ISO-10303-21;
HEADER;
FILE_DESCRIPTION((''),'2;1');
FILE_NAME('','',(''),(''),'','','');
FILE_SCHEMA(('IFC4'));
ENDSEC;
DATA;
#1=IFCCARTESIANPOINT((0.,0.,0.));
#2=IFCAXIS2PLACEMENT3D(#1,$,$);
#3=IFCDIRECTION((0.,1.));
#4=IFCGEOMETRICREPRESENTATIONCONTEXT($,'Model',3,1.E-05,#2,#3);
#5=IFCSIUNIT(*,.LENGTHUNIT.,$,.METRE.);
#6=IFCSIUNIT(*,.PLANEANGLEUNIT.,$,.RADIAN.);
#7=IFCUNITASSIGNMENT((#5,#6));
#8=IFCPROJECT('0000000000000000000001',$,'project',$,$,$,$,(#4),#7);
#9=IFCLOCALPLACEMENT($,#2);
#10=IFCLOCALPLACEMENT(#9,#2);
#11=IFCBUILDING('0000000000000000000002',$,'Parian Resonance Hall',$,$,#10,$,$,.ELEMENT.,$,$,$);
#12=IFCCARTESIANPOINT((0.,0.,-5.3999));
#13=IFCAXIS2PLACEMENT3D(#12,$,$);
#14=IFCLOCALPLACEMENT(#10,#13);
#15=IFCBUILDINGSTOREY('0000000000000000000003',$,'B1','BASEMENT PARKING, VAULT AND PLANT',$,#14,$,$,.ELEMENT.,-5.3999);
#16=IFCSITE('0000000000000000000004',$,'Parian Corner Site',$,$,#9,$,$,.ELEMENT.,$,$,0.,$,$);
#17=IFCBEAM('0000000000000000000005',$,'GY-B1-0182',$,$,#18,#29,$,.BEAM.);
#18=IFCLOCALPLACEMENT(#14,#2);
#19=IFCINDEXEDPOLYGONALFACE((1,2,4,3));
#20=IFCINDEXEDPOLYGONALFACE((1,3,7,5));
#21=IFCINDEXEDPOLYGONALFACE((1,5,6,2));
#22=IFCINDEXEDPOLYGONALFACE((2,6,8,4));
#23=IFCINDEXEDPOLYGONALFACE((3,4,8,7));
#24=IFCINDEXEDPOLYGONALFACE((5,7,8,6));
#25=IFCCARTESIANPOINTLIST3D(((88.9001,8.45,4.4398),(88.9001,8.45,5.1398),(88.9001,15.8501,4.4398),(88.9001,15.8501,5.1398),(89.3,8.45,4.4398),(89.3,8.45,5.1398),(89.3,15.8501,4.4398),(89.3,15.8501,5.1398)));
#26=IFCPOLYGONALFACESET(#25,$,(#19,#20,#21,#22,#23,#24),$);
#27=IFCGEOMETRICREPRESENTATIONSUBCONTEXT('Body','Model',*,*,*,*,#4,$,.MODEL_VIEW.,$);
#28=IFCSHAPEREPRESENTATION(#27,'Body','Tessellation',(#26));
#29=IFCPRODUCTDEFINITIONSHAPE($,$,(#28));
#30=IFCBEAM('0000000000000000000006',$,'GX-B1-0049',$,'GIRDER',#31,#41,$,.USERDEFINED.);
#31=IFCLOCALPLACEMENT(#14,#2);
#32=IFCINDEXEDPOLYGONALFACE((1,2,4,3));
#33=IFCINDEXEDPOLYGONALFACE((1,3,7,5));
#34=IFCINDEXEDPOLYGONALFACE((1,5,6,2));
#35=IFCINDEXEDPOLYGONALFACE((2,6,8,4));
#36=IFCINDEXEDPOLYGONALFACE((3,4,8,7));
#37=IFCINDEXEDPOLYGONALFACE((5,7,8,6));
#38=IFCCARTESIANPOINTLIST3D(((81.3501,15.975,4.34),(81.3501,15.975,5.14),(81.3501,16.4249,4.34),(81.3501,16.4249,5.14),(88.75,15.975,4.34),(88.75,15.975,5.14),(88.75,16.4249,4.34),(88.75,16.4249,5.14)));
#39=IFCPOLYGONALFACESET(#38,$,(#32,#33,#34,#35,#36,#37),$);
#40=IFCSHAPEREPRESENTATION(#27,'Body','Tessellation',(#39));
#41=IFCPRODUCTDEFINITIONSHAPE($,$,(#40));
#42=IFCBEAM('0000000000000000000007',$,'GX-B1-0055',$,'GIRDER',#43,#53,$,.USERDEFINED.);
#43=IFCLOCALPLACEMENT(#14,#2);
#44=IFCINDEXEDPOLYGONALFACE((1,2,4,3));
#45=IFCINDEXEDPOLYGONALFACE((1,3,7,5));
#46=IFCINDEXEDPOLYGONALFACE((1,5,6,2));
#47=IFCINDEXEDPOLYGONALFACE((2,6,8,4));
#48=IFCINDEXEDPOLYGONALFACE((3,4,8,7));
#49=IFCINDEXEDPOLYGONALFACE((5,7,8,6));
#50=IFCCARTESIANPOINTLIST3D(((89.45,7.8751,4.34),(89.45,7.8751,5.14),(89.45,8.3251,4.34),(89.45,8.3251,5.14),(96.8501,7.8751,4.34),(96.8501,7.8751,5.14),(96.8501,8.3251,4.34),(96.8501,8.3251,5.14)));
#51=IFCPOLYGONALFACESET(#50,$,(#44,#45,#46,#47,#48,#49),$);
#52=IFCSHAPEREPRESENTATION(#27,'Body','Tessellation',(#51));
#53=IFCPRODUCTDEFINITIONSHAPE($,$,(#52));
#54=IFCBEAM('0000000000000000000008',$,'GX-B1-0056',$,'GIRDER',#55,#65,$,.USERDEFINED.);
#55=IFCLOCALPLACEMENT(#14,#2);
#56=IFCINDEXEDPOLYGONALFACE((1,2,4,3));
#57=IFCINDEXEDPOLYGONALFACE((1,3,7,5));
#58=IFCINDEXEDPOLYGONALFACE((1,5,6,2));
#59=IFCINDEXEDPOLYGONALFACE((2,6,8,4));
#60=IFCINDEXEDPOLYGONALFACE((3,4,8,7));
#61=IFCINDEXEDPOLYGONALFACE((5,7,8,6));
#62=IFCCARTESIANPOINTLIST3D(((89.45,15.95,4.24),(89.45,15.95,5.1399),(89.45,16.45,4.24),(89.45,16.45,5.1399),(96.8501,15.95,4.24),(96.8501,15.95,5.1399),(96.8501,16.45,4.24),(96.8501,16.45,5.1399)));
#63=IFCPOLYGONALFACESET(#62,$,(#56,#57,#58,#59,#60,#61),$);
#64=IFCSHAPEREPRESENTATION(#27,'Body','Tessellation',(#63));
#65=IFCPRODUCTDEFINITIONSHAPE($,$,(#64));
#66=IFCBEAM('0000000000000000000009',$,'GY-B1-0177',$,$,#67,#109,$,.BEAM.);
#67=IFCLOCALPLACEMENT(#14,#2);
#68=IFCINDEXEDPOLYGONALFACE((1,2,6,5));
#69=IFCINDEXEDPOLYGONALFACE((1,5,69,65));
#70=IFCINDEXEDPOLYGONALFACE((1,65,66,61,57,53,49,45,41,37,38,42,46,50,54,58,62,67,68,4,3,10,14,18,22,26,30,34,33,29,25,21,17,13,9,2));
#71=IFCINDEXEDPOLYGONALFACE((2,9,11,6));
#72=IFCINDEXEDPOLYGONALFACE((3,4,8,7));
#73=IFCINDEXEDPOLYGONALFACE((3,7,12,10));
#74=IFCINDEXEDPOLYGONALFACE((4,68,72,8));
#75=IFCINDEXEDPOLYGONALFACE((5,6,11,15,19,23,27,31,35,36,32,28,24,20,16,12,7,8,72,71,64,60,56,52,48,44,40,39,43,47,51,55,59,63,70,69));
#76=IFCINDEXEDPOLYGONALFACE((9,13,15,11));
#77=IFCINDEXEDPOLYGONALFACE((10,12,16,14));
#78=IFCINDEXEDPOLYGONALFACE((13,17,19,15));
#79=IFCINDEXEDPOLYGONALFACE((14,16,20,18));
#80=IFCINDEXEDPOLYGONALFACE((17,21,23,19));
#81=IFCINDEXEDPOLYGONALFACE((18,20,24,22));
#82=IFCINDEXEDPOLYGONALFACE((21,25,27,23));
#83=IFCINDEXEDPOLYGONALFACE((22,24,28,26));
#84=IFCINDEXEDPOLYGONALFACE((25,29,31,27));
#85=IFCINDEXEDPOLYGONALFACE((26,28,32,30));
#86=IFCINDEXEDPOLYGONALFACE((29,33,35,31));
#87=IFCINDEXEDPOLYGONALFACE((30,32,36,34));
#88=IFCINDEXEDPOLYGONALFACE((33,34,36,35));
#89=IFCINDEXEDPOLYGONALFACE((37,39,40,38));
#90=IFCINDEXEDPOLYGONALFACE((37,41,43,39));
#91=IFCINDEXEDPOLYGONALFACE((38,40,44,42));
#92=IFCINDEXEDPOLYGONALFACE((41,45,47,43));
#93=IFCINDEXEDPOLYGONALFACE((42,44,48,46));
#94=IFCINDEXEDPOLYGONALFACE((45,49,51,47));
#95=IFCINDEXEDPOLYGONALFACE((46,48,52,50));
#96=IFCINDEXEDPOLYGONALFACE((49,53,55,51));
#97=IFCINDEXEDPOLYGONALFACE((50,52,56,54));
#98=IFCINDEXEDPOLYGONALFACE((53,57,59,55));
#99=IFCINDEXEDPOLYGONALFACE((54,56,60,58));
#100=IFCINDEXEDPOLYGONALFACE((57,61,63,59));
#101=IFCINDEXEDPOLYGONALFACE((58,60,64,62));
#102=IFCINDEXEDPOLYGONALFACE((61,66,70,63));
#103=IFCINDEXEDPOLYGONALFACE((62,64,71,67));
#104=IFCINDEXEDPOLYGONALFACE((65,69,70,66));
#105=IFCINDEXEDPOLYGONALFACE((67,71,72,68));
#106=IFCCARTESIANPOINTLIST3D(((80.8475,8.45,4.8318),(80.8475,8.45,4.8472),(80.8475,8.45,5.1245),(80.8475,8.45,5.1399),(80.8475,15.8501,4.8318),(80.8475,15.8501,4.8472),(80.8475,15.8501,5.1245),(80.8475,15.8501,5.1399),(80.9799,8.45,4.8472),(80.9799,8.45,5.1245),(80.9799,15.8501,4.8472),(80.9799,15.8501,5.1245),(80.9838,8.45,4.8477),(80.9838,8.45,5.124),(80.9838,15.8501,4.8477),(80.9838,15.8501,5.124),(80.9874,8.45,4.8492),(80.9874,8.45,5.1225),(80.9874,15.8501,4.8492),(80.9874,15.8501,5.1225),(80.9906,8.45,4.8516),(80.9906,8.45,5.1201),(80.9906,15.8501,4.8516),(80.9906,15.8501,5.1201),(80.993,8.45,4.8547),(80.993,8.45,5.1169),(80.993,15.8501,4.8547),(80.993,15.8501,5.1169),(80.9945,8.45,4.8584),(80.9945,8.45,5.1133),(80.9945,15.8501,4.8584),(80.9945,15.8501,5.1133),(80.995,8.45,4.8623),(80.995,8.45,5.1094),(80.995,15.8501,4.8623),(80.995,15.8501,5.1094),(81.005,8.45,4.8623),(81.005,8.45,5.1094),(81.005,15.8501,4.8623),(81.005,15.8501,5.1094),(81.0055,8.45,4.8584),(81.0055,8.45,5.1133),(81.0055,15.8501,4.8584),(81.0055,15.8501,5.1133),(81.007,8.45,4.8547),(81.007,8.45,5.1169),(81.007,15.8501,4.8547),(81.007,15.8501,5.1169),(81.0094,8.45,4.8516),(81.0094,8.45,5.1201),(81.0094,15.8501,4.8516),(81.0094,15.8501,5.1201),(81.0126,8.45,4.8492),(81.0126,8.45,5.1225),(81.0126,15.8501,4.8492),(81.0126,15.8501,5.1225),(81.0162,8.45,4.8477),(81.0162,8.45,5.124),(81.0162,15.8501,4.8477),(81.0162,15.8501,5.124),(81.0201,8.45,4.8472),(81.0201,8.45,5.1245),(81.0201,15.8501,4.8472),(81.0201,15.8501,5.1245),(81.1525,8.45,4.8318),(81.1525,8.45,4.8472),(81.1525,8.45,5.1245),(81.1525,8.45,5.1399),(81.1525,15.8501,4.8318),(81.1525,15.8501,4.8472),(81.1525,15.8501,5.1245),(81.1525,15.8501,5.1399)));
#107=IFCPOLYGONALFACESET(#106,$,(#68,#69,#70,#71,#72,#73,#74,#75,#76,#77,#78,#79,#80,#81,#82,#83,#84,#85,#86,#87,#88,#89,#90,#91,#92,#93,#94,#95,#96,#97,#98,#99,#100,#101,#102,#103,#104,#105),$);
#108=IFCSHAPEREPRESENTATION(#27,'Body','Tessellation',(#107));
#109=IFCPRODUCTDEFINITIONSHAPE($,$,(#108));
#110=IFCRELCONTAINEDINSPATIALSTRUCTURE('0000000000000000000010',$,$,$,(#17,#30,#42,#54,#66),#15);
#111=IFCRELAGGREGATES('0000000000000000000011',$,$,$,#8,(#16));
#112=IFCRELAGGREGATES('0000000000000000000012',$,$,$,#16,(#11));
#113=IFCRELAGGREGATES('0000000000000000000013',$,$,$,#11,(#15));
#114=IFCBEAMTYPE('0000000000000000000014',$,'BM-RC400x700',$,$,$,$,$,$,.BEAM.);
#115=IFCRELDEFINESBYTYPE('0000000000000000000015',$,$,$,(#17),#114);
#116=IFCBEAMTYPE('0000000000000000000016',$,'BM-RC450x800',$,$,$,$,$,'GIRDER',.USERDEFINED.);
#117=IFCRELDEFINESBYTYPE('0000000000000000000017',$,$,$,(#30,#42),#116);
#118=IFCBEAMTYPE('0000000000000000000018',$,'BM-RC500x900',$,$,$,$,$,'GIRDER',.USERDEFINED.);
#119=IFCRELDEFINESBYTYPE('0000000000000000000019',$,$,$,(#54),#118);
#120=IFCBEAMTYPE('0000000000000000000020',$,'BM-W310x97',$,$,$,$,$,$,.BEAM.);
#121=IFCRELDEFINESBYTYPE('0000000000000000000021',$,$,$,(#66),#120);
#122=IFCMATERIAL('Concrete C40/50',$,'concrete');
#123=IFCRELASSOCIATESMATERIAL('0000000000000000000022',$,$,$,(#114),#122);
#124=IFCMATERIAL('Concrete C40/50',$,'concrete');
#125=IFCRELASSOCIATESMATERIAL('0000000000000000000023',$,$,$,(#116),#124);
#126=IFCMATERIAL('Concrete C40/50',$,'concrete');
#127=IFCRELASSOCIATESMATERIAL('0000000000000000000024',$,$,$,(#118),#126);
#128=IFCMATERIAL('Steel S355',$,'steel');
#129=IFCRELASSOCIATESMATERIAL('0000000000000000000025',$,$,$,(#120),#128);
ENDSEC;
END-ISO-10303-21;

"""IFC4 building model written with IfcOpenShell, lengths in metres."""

from ifc_helpers import new_model, si_unit, direction, frame, origin, origin_2d, place, context, subcontext, project, spatial, rectangle, i_section, extrude, material, material_profile, profile_set, type_object, element, save


model = new_model("IFC4")

# Units and contexts
model_context = context("Model", 3, precision=1e-05, world=origin(), true_north=direction((0.0, 1.0)))
body_context = subcontext(model_context, "Body", "Model", "MODEL_VIEW")
ifc_project = project(units=[si_unit("LENGTHUNIT", "METRE"), si_unit("PLANEANGLEUNIT", "RADIAN")], contexts=[model_context])

# Site, building, storey
site_placement = place(None, origin())
site = spatial("IfcSite", under=ifc_project, at=site_placement, Name="Parian Corner Site", CompositionType="ELEMENT", RefElevation=0.0)
building_placement = place(site_placement, origin())
building = spatial("IfcBuilding", under=site, at=building_placement, Name="Parian Resonance Hall", CompositionType="ELEMENT")
storey_placement = place(building_placement, frame((0.0, 0.0, -5.3999)))
storey = spatial("IfcBuildingStorey", under=building, at=storey_placement, Name="B1", Description="BASEMENT PARKING, VAULT AND PLANT", CompositionType="ELEMENT", Elevation=-5.3999)

# Beams
ifc_material_1 = material(Name="Concrete C40/50", Category="concrete")
ifc_material_profile_1 = material_profile(ifc_material_1, rectangle(XDim=0.3999, YDim=0.7, at=origin_2d()), Name="RC-BM-400x700")
ifc_profile_set_1 = profile_set([ifc_material_profile_1], Name="Concrete C40/50")
beam_type_1 = type_object("IfcBeamType", Name="BM-RC400x700", PredefinedType="BEAM", material=ifc_profile_set_1)
beam_1_placement = place(storey_placement, frame((89.1001, 8.45, 4.7898), z_axis=(0.0, 1.0, 0.0), x_axis=(-1.0, 0.0, 0.0)))
element("IfcBeam", 1, at=beam_1_placement, inside=storey, type_object=beam_type_1, Name="GY-B1-0182", PredefinedType="BEAM", context=body_context, shape_type="SweptSolid", body=[
    extrude(rectangle(XDim=0.3999, YDim=0.7, at=origin_2d()), origin(), (0.0, 0.0, 1.0), 7.4001),
])
ifc_material_2 = material(Name="Concrete C40/50", Category="concrete")
ifc_material_profile_2 = material_profile(ifc_material_2, rectangle(XDim=0.45, YDim=0.8, at=origin_2d()), Name="RC-BM-450x800")
ifc_profile_set_2 = profile_set([ifc_material_profile_2], Name="Concrete C40/50")
beam_type_2 = type_object("IfcBeamType", Name="BM-RC450x800", ElementType="GIRDER", PredefinedType="USERDEFINED", material=ifc_profile_set_2)
beam_2_placement = place(storey_placement, frame((81.3501, 16.2, 4.74), z_axis=(1.0, 0.0, 0.0), x_axis=(0.0, 1.0, 0.0)))
element("IfcBeam", 2, at=beam_2_placement, inside=storey, type_object=beam_type_2, Name="GX-B1-0049", ObjectType="GIRDER", PredefinedType="USERDEFINED", context=body_context, shape_type="SweptSolid", body=[
    extrude(rectangle(XDim=0.45, YDim=0.8, at=origin_2d()), origin(), (0.0, 0.0, 1.0), 7.3999),
])
beam_3_placement = place(storey_placement, frame((89.45, 8.1001, 4.74), z_axis=(1.0, 0.0, 0.0), x_axis=(0.0, 1.0, 0.0)))
element("IfcBeam", 3, at=beam_3_placement, inside=storey, type_object=beam_type_2, Name="GX-B1-0055", ObjectType="GIRDER", PredefinedType="USERDEFINED", context=body_context, shape_type="SweptSolid", body=[
    extrude(rectangle(XDim=0.45, YDim=0.8, at=origin_2d()), origin(), (0.0, 0.0, 1.0), 7.4001),
])
ifc_material_3 = material(Name="Concrete C40/50", Category="concrete")
ifc_material_profile_3 = material_profile(ifc_material_3, rectangle(XDim=0.5, YDim=0.8999, at=origin_2d()), Name="RC-BM-500x900")
ifc_profile_set_3 = profile_set([ifc_material_profile_3], Name="Concrete C40/50")
beam_type_3 = type_object("IfcBeamType", Name="BM-RC500x900", ElementType="GIRDER", PredefinedType="USERDEFINED", material=ifc_profile_set_3)
beam_4_placement = place(storey_placement, frame((89.45, 16.2, 4.6899), z_axis=(1.0, 0.0, 0.0), x_axis=(0.0, 1.0, 0.0)))
element("IfcBeam", 4, at=beam_4_placement, inside=storey, type_object=beam_type_3, Name="GX-B1-0056", ObjectType="GIRDER", PredefinedType="USERDEFINED", context=body_context, shape_type="SweptSolid", body=[
    extrude(rectangle(XDim=0.5, YDim=0.8999, at=origin_2d()), origin(), (0.0, 0.0, 1.0), 7.4001),
])
ifc_material_4 = material(Name="Steel S355", Category="steel")
ifc_material_profile_4 = material_profile(ifc_material_4, i_section(OverallWidth=0.3049, OverallDepth=0.3081, WebThickness=0.01, FlangeThickness=0.0154, FilletRadius=0.0151, at=origin_2d()), Name="W310x97")
ifc_profile_set_4 = profile_set([ifc_material_profile_4], Name="Steel S355")
beam_type_4 = type_object("IfcBeamType", Name="BM-W310x97", PredefinedType="BEAM", material=ifc_profile_set_4)
beam_5_placement = place(storey_placement, frame((81.0, 8.45, 4.9858), z_axis=(0.0, 1.0, 0.0), x_axis=(-1.0, 0.0, 0.0)))
element("IfcBeam", 5, at=beam_5_placement, inside=storey, type_object=beam_type_4, Name="GY-B1-0177", PredefinedType="BEAM", context=body_context, shape_type="SweptSolid", body=[
    extrude(i_section(OverallWidth=0.3049, OverallDepth=0.3081, WebThickness=0.01, FlangeThickness=0.0154, FilletRadius=0.0151, at=origin_2d()), origin(), (0.0, 0.0, 1.0), 7.4001),
])

save(model, "model.ifc")
